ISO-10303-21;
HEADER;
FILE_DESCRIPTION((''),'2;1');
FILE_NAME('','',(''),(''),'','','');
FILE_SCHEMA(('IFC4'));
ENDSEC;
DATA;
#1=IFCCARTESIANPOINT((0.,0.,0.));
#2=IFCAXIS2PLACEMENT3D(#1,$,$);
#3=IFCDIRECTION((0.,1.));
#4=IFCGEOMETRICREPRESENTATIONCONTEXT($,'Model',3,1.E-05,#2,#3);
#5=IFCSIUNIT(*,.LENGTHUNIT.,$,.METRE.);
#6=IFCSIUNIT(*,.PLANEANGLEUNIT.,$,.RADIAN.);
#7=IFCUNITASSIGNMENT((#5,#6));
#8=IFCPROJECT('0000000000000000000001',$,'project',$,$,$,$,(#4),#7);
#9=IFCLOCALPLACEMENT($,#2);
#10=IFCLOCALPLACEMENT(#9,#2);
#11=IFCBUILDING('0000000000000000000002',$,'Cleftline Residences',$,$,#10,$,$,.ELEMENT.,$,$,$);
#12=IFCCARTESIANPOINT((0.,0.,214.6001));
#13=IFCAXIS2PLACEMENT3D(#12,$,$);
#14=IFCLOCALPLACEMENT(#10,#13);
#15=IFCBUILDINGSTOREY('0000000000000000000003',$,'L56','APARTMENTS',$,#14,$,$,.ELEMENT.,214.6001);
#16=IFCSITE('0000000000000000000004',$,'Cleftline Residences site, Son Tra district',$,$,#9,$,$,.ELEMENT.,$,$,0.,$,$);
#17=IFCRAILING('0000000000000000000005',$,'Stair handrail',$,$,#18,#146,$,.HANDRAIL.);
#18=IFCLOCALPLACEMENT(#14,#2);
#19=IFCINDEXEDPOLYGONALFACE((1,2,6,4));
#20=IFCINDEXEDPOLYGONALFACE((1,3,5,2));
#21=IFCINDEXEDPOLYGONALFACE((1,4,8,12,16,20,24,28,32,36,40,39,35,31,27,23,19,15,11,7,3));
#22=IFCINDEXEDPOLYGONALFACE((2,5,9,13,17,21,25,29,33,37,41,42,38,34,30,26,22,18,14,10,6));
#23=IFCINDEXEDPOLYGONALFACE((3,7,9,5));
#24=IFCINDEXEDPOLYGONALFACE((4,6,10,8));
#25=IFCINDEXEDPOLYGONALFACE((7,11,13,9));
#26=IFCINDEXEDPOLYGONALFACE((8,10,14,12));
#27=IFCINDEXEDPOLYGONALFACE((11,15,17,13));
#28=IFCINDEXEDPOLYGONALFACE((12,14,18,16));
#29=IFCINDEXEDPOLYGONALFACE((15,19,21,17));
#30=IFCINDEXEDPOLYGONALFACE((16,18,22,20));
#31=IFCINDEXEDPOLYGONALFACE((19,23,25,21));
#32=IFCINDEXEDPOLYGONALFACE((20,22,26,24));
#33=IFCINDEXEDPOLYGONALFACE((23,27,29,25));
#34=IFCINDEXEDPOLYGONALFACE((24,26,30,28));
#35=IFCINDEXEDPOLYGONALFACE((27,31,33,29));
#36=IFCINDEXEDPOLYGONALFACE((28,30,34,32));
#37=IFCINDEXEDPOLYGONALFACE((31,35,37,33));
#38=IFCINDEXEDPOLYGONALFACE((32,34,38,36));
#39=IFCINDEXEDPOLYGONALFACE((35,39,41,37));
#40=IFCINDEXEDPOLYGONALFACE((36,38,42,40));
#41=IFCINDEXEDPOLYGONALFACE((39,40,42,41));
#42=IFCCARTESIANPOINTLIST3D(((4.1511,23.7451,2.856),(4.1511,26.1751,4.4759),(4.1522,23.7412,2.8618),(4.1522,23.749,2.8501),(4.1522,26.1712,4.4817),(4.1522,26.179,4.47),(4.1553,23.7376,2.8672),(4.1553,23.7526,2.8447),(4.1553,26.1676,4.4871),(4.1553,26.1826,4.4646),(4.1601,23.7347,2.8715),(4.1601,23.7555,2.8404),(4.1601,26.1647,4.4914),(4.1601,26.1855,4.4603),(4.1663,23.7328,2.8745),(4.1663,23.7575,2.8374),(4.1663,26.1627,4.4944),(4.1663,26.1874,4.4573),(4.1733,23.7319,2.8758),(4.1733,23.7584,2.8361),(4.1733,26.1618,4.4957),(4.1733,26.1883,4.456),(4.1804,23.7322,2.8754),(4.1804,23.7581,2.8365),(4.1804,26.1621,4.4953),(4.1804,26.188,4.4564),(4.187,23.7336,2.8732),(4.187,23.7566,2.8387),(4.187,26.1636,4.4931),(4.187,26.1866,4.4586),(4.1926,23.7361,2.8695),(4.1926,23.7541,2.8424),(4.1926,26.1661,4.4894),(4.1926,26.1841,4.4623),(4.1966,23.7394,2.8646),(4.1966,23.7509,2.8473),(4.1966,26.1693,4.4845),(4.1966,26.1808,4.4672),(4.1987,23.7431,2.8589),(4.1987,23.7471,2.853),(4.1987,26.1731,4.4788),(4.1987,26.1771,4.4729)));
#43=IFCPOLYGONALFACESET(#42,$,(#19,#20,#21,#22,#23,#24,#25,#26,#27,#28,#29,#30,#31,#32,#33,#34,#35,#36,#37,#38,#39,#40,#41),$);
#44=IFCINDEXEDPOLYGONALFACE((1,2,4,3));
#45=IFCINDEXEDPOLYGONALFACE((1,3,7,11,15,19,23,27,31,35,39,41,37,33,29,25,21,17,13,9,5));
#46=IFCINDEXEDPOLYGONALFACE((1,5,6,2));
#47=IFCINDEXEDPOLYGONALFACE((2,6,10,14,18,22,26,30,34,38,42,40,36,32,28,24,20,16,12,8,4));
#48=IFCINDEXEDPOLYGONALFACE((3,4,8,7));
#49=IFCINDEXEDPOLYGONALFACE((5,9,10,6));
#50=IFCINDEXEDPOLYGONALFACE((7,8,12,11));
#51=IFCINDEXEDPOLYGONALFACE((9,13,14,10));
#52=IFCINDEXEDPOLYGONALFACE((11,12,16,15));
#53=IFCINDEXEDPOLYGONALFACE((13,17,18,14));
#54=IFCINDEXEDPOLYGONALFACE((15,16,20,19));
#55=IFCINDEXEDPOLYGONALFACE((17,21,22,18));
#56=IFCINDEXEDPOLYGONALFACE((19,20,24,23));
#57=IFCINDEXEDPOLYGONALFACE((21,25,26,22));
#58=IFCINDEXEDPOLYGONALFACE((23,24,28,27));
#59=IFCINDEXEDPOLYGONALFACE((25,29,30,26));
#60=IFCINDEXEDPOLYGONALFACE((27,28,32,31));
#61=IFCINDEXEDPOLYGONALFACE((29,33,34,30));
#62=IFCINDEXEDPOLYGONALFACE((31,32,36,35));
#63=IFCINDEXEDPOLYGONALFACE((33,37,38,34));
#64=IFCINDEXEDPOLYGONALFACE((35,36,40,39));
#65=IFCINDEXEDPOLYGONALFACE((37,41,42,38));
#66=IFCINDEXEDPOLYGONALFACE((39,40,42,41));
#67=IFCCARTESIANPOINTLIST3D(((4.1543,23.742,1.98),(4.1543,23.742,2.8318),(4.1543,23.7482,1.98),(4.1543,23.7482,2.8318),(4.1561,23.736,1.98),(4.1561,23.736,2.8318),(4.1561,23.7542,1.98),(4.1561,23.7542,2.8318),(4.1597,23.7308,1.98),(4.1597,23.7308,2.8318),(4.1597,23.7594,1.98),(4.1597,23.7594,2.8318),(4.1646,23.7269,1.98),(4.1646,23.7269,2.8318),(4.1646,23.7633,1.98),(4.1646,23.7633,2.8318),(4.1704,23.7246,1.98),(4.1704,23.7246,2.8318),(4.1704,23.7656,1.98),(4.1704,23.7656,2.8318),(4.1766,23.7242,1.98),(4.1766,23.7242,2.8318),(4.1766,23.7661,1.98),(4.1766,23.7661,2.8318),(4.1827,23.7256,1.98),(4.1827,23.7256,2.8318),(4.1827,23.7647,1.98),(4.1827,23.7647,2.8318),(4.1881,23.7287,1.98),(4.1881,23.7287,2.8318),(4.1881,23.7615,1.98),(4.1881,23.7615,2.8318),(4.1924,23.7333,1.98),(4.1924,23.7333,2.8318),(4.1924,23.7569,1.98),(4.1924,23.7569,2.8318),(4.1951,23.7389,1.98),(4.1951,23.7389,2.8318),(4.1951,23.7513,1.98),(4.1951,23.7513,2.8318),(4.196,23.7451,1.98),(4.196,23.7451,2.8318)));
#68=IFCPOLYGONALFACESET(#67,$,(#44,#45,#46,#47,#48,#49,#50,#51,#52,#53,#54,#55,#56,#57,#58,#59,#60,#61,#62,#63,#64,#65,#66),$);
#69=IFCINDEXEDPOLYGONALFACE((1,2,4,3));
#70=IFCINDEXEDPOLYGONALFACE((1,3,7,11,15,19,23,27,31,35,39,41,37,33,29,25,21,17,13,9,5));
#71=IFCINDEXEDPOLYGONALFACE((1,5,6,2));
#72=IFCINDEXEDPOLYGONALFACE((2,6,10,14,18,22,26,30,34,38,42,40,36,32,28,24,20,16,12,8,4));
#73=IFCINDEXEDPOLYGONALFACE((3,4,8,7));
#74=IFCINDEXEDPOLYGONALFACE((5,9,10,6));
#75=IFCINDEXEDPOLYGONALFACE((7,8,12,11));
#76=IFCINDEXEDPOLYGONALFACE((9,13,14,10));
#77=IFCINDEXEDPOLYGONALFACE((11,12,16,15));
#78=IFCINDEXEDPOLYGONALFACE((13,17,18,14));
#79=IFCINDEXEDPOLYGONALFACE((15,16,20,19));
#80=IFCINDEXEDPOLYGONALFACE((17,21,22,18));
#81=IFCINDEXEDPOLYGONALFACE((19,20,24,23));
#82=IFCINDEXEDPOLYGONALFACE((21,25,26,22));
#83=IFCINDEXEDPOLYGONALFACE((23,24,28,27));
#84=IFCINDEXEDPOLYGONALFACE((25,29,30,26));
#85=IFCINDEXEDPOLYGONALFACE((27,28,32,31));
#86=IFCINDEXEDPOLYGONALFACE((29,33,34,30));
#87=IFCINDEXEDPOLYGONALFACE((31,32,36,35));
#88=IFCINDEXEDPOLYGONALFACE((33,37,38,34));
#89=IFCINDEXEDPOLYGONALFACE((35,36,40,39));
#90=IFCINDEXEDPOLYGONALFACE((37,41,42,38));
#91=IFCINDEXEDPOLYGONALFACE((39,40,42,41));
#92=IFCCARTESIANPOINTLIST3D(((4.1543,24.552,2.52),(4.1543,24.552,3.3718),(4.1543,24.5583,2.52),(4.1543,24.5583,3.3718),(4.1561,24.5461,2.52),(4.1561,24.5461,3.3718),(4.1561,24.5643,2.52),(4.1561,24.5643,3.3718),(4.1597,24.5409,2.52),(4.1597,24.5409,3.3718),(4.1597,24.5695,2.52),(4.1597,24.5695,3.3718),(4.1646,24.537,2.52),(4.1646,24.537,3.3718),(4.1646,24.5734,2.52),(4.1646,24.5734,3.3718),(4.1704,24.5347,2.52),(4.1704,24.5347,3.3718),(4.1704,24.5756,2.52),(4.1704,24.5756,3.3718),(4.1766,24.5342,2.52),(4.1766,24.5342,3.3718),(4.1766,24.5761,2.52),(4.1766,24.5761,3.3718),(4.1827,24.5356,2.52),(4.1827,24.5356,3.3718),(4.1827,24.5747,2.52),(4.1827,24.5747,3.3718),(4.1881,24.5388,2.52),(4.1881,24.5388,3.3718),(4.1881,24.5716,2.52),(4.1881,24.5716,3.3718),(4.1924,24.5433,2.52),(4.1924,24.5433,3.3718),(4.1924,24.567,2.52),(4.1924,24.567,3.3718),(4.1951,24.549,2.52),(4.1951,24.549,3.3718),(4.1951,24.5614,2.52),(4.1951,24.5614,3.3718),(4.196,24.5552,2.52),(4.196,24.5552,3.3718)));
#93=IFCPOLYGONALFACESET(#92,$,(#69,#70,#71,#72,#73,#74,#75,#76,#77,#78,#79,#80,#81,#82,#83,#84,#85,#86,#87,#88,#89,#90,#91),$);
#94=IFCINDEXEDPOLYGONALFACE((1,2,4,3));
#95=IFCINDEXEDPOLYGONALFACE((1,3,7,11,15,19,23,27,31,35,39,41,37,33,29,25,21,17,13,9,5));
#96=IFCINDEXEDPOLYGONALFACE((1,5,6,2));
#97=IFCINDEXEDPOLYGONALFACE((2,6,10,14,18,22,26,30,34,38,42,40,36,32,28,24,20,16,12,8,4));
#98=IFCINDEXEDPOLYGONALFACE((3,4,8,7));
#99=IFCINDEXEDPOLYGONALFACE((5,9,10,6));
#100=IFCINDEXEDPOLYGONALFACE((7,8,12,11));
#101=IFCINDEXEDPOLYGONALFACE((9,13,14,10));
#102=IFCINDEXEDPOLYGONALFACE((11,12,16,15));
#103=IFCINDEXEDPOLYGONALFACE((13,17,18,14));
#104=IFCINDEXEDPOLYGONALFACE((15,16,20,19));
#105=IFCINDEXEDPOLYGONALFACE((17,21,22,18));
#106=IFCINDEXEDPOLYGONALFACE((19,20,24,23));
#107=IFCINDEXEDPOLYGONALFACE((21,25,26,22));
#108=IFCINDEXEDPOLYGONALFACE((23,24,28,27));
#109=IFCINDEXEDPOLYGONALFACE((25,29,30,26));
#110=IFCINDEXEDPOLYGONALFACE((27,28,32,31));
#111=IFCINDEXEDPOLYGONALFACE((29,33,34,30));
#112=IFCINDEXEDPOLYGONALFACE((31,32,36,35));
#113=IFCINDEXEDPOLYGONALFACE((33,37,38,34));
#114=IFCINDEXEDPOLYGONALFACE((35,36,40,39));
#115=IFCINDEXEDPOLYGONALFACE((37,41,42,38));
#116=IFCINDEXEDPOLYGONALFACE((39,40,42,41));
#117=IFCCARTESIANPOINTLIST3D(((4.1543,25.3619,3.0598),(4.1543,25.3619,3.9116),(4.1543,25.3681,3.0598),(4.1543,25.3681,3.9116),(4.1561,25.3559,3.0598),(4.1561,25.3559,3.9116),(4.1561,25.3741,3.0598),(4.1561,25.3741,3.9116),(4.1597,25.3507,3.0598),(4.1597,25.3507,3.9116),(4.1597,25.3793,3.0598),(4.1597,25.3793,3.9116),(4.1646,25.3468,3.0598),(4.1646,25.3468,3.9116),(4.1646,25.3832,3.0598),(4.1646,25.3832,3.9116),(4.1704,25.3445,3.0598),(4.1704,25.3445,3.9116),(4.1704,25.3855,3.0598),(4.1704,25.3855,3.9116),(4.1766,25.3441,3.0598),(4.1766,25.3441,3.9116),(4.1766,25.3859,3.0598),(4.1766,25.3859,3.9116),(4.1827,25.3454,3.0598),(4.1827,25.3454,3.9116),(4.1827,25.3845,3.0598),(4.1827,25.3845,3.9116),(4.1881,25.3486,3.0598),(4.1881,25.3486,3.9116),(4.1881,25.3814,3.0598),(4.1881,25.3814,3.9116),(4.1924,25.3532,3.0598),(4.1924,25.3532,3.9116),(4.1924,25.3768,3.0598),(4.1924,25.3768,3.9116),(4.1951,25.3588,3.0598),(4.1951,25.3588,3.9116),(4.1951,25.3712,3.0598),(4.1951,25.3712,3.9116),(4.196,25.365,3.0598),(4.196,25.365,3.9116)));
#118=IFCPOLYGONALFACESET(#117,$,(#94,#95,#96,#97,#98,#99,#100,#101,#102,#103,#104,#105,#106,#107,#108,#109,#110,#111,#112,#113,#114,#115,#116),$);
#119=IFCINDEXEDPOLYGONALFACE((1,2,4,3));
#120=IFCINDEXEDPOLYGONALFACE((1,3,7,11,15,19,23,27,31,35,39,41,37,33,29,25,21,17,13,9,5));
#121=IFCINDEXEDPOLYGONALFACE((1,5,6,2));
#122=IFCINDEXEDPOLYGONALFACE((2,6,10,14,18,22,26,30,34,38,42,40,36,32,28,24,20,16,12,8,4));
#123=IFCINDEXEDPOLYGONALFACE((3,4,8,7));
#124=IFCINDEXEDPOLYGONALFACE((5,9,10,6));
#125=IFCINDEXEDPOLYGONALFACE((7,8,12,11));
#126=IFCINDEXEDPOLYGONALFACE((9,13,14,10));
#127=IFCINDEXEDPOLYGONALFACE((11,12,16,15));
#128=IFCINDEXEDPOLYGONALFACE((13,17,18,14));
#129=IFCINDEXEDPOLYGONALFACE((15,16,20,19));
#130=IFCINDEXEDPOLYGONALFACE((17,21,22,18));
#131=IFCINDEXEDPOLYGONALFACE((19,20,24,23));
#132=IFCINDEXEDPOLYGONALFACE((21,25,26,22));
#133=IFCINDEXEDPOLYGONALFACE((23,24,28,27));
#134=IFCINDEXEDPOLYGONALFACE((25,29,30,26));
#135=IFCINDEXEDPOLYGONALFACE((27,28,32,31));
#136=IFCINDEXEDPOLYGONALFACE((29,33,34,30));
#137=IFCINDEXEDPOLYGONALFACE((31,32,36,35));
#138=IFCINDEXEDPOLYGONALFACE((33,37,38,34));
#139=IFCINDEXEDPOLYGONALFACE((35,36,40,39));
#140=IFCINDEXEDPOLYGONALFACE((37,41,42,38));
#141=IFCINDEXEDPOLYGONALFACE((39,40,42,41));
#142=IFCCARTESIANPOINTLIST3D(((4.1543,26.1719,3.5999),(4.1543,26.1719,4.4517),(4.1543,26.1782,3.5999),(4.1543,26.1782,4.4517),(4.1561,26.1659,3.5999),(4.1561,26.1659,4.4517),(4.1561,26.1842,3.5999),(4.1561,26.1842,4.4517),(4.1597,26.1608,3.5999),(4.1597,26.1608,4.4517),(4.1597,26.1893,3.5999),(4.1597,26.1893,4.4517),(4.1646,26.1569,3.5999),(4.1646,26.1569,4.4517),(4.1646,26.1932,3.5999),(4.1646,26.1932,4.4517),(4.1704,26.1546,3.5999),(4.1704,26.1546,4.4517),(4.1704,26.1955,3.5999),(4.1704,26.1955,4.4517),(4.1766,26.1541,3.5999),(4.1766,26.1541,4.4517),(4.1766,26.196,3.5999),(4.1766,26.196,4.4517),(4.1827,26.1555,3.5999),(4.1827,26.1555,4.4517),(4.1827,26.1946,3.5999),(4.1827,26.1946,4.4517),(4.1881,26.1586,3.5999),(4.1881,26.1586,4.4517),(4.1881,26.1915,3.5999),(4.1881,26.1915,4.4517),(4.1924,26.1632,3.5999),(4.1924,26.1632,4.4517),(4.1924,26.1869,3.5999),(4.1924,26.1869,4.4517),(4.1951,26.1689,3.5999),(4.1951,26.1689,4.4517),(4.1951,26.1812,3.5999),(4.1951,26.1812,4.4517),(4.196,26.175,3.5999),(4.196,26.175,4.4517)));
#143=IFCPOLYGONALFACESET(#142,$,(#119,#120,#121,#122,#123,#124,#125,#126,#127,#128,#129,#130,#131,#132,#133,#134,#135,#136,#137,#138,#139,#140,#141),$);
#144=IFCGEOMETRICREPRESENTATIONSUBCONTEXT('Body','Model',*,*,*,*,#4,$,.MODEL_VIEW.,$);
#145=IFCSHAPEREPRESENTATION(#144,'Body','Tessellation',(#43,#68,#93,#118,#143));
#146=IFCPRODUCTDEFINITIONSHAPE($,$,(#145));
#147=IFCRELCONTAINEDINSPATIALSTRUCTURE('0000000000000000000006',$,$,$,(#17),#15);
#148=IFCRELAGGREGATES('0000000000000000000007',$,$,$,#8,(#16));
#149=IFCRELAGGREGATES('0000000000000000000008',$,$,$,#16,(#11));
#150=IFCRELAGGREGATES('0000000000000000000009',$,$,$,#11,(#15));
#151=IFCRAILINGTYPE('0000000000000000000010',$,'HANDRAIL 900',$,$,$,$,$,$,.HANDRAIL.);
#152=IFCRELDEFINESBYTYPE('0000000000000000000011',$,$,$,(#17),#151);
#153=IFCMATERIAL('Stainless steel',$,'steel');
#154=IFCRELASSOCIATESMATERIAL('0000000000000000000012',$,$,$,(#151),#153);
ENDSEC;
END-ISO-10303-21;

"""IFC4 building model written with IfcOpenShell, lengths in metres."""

from ifc_helpers import new_model, si_unit, direction, frame, origin, origin_2d, place, context, subcontext, project, spatial, circle, extrude, material, type_object, element, save


model = new_model("IFC4")

# Units and contexts
model_context = context("Model", 3, precision=1e-05, world=origin(), true_north=direction((0.0, 1.0)))
body_context = subcontext(model_context, "Body", "Model", "MODEL_VIEW")
ifc_project = project(units=[si_unit("LENGTHUNIT", "METRE"), si_unit("PLANEANGLEUNIT", "RADIAN")], contexts=[model_context])

# Site, building, storey
site_placement = place(None, origin())
site = spatial("IfcSite", under=ifc_project, at=site_placement, Name="Cleftline Residences site, Son Tra district", CompositionType="ELEMENT", RefElevation=0.0)
building_placement = place(site_placement, origin())
building = spatial("IfcBuilding", under=site, at=building_placement, Name="Cleftline Residences", CompositionType="ELEMENT")
storey_placement = place(building_placement, frame((0.0, 0.0, 214.6001)))
storey = spatial("IfcBuildingStorey", under=building, at=storey_placement, Name="L56", Description="APARTMENTS", CompositionType="ELEMENT", Elevation=214.6001)

# Railing
ifc_material_1 = material(Name="Stainless steel", Category="steel")
railing_type = type_object("IfcRailingType", Name="HANDRAIL 900", PredefinedType="HANDRAIL", material=ifc_material_1)
railing_1_placement = place(storey_placement, frame((4.175, 23.7451, 1.98)))
element("IfcRailing", 1, at=railing_1_placement, inside=storey, type_object=railing_type, Name="Stair handrail", PredefinedType="HANDRAIL", context=body_context, shape_type="SweptSolid", body=[
    extrude(circle(Radius=0.0239, at=origin_2d()), frame((0.0, 0.0, 0.876), z_axis=(0.0, 0.832063, 0.554681), x_axis=(-1.0, 0.0, 0.0)), (0.0, 0.0, 1.0), 2.9204),
    extrude(circle(Radius=0.021, at=origin_2d()), origin(), (0.0, 0.0, 1.0), 0.8518),
    extrude(circle(Radius=0.021, at=origin_2d()), frame((0.0, 0.8101, 0.54)), (0.0, 0.0, 1.0), 0.8518),
    extrude(circle(Radius=0.021, at=origin_2d()), frame((0.0, 1.6199, 1.0798)), (0.0, 0.0, 1.0), 0.8518),
    extrude(circle(Radius=0.021, at=origin_2d()), frame((0.0, 2.4299, 1.6199)), (0.0, 0.0, 1.0), 0.8518),
])

save(model, "model.ifc")
